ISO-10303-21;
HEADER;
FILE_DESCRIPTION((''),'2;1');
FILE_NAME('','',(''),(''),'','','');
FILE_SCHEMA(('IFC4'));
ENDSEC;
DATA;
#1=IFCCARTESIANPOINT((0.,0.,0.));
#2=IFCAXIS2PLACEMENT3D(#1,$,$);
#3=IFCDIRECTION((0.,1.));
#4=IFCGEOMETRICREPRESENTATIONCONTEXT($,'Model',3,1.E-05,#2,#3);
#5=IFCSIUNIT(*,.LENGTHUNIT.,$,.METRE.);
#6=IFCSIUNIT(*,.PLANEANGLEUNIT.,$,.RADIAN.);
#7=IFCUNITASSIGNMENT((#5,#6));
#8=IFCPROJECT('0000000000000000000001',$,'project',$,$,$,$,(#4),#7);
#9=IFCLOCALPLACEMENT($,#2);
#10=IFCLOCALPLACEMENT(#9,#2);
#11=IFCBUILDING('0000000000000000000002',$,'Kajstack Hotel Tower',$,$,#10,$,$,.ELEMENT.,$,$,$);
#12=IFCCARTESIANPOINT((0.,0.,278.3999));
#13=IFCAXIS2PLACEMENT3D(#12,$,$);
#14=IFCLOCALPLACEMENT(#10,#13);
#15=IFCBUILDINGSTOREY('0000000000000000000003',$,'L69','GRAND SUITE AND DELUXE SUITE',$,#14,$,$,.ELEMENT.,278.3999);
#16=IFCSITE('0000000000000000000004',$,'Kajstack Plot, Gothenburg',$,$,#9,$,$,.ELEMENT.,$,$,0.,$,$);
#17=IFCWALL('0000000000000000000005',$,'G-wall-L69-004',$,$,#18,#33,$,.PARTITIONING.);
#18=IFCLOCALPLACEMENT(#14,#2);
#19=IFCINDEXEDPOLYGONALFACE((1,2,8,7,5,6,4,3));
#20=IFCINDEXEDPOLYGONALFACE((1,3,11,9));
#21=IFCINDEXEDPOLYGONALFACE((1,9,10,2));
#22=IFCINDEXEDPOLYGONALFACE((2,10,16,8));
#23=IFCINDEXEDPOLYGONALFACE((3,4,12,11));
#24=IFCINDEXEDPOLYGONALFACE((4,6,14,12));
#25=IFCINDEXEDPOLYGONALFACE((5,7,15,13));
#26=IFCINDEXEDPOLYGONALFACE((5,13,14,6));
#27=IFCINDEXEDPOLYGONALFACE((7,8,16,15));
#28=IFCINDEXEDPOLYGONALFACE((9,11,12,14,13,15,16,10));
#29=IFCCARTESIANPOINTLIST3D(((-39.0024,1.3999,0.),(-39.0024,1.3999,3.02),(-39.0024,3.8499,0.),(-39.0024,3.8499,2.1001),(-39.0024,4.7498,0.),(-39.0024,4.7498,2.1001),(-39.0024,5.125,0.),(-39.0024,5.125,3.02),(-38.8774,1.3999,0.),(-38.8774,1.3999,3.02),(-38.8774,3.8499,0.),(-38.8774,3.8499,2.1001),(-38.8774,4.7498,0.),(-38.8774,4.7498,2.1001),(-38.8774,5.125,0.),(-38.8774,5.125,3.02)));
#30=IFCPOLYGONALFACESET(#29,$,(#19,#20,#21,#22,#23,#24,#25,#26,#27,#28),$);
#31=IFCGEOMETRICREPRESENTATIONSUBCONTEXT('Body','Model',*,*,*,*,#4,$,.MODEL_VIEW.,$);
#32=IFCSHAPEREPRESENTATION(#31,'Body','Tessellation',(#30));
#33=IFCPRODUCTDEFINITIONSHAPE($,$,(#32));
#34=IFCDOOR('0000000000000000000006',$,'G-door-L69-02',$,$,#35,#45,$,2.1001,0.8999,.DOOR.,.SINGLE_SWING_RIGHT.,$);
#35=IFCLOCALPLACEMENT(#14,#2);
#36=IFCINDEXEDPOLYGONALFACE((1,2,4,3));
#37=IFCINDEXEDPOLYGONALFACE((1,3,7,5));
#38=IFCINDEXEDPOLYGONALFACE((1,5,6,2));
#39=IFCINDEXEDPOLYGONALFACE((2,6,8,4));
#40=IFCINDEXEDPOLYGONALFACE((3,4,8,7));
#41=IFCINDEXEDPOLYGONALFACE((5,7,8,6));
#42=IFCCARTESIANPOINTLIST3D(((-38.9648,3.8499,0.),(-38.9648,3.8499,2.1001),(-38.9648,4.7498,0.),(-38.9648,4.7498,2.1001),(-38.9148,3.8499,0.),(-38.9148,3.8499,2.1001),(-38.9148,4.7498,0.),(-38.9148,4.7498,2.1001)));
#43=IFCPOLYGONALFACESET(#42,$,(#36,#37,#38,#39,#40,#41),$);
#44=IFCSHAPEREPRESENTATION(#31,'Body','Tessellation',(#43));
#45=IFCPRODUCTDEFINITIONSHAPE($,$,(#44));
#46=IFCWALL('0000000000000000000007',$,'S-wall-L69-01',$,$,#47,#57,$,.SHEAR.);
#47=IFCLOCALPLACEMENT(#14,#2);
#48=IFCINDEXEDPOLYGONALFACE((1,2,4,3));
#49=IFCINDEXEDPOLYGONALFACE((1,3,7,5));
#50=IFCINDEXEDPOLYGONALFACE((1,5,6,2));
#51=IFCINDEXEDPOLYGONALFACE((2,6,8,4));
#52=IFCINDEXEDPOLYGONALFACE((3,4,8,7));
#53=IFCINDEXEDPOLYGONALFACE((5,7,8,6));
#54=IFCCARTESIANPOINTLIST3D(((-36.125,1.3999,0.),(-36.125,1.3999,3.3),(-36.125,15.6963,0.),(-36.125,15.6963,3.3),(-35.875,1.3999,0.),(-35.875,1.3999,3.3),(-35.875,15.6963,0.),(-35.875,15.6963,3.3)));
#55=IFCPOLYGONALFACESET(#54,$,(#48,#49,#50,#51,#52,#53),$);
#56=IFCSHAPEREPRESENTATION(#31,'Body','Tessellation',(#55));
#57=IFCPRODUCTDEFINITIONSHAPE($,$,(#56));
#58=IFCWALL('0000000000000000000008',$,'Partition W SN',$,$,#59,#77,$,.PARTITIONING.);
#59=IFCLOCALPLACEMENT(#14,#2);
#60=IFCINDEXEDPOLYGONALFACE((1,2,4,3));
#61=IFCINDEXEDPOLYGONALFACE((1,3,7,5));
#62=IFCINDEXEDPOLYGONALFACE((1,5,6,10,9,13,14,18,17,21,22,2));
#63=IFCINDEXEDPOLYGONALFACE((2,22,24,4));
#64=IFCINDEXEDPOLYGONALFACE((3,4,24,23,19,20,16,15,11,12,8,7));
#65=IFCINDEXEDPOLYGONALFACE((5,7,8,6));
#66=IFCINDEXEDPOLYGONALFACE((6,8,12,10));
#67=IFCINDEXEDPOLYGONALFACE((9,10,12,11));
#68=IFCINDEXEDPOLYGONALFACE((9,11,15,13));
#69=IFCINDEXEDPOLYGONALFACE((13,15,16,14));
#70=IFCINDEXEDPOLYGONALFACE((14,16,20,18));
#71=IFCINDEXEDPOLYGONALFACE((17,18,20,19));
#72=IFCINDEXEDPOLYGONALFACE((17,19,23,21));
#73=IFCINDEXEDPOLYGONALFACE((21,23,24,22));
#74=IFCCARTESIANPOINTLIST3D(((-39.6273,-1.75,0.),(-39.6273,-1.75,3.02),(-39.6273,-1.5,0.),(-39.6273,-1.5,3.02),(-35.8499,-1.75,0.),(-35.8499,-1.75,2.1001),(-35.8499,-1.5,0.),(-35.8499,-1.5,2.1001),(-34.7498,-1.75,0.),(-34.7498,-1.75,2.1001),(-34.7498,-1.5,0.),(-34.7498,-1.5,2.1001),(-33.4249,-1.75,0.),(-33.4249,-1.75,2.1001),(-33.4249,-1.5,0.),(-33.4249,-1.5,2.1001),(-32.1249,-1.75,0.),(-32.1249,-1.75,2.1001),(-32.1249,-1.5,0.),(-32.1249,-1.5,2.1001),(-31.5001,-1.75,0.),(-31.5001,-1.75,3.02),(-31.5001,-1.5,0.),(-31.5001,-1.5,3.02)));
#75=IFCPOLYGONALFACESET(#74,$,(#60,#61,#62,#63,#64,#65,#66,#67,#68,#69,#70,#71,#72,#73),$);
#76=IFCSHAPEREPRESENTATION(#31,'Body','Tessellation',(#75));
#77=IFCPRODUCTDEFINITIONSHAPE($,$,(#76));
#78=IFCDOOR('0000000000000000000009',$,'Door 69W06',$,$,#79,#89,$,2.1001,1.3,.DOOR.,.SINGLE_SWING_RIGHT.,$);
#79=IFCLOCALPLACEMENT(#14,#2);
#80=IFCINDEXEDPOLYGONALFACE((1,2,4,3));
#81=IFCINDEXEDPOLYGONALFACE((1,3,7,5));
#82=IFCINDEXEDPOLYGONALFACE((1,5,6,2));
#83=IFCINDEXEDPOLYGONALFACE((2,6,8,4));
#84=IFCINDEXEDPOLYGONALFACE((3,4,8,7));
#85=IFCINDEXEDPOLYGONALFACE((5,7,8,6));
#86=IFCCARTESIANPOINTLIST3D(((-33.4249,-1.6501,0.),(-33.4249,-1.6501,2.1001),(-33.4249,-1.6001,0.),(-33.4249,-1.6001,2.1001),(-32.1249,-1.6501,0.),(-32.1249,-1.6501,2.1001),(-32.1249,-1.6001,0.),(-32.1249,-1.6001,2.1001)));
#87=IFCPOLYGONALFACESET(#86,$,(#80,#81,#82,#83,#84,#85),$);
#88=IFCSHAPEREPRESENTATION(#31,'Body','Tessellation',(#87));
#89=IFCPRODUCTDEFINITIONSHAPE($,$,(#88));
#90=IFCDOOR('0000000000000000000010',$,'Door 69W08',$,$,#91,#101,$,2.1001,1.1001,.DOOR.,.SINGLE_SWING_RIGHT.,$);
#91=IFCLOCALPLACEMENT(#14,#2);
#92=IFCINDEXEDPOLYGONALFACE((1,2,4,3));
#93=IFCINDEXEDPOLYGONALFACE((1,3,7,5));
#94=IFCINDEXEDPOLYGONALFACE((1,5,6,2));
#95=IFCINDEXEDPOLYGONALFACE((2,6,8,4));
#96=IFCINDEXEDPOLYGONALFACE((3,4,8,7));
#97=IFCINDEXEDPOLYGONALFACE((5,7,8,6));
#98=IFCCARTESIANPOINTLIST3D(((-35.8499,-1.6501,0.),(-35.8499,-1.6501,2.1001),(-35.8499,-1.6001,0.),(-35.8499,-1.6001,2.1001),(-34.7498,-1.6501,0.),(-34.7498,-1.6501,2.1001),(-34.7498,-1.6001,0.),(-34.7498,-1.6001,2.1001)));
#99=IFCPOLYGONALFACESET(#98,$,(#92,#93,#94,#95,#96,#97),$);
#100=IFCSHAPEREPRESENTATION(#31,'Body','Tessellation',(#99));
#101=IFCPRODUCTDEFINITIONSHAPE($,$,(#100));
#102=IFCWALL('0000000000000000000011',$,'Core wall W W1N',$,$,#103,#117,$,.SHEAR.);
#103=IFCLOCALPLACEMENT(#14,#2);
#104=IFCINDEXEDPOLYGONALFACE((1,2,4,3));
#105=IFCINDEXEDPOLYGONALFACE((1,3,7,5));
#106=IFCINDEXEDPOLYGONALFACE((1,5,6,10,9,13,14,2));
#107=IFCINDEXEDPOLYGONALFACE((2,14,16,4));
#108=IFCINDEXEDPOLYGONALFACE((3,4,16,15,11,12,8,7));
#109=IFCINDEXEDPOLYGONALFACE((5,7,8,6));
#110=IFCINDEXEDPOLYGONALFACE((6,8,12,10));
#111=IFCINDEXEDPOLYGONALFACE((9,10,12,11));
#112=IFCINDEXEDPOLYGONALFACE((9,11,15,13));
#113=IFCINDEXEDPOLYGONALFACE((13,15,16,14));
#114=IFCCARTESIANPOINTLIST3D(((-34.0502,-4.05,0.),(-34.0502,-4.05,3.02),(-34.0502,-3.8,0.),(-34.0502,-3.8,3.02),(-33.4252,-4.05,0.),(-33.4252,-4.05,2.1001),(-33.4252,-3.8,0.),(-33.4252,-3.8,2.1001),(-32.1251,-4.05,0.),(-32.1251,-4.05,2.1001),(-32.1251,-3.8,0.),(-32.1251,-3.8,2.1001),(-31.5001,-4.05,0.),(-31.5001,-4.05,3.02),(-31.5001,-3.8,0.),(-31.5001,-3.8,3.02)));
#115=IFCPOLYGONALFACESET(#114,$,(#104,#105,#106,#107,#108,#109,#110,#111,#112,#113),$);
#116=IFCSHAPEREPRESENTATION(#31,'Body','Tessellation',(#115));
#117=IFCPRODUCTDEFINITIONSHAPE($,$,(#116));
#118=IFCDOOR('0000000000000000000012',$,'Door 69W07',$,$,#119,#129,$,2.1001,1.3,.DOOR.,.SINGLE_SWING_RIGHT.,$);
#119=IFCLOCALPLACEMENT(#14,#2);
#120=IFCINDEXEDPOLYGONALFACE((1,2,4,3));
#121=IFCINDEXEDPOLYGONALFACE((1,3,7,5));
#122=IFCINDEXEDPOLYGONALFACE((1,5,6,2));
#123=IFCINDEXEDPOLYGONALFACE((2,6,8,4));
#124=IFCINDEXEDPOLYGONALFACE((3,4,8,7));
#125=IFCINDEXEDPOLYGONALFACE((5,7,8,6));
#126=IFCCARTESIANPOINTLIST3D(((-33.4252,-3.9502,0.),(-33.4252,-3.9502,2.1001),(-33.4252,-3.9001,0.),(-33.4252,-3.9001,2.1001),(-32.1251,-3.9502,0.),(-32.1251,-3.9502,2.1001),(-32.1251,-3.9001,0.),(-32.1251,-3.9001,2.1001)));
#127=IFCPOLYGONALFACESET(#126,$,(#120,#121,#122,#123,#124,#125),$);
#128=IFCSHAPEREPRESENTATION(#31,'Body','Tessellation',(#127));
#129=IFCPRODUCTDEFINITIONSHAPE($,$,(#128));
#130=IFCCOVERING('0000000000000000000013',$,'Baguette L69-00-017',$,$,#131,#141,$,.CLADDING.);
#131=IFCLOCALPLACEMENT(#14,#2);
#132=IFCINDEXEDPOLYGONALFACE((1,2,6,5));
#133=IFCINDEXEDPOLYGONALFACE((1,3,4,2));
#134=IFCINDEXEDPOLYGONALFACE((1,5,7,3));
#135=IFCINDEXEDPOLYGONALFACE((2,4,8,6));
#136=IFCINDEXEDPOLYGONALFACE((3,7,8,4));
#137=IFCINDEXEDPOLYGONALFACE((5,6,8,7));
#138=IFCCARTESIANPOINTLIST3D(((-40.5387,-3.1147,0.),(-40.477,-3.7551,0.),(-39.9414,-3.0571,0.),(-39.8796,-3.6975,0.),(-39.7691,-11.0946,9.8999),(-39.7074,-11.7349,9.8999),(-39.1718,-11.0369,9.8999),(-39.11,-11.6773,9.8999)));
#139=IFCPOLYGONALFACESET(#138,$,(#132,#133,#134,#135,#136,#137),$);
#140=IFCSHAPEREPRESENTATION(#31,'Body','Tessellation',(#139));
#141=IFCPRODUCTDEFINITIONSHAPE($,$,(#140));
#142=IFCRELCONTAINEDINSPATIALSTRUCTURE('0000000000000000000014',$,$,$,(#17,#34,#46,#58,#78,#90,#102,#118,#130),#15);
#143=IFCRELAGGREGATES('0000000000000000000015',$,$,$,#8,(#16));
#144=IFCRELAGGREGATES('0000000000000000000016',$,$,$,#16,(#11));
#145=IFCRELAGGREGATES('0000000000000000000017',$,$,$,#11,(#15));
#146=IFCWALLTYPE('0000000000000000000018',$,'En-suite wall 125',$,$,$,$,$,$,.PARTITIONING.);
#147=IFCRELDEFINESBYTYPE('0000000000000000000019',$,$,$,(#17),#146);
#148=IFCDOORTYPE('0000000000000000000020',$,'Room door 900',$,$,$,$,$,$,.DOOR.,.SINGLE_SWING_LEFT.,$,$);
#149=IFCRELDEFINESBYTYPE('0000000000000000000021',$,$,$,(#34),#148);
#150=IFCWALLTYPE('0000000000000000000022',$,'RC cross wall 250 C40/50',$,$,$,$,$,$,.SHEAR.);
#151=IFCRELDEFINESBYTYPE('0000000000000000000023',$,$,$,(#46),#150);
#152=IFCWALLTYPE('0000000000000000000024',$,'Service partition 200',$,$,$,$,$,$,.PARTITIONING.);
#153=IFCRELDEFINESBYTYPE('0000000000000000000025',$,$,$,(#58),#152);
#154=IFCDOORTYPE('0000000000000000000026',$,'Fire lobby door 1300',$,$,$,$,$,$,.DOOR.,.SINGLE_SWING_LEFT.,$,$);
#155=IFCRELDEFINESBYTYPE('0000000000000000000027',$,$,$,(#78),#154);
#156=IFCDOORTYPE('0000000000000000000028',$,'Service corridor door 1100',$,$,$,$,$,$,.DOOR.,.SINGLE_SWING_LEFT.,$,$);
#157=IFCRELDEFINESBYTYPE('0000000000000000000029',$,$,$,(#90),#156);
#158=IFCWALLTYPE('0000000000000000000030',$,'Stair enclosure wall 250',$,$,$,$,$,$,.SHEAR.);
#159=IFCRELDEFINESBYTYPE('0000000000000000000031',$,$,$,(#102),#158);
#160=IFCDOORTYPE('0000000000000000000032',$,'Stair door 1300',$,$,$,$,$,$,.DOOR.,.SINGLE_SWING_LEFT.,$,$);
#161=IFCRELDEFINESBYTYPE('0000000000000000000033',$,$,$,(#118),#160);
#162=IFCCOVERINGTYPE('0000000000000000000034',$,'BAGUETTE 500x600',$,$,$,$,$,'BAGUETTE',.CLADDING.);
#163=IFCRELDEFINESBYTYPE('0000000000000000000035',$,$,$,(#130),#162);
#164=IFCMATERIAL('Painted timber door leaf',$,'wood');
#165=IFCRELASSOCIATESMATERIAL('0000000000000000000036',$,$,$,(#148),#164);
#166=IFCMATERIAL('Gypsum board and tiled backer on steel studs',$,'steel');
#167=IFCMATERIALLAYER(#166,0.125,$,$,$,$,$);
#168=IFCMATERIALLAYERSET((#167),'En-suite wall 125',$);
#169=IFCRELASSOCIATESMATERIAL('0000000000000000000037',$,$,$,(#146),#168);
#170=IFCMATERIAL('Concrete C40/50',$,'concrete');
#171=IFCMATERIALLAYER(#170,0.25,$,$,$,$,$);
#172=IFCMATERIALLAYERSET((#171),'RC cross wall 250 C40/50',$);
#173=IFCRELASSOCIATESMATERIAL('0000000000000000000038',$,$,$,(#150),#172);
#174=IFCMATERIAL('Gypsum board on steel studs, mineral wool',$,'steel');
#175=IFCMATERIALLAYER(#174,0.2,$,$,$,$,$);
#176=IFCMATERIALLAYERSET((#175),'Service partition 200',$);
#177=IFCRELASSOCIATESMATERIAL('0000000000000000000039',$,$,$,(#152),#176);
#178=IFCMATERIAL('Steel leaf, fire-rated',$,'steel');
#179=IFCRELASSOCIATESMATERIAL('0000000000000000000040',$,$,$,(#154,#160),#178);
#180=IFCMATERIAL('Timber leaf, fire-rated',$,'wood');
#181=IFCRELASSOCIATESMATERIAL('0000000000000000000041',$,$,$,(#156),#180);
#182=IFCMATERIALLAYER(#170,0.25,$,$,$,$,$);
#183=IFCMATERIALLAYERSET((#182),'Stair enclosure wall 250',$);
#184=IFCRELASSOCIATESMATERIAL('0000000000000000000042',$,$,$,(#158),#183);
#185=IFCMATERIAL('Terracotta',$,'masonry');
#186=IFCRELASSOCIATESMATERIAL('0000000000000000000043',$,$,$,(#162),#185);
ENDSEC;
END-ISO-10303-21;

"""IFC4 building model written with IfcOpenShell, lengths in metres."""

from ifc_helpers import new_model, si_unit, direction, frame, frame_2d, origin, origin_2d, place, context, subcontext, project, spatial, polyline, rectangle, outline, extrude, material, layer, layer_set, material_profile, profile_set, type_object, element, fill, save


model = new_model("IFC4")

# Units and contexts
model_context = context("Model", 3, precision=1e-05, world=origin(), true_north=direction((0.0, 1.0)))
body_context = subcontext(model_context, "Body", "Model", "MODEL_VIEW")
ifc_project = project(units=[si_unit("LENGTHUNIT", "METRE"), si_unit("PLANEANGLEUNIT", "RADIAN")], contexts=[model_context])

# Site, building, storey
site_placement = place(None, origin())
site = spatial("IfcSite", under=ifc_project, at=site_placement, Name="Kajstack Plot, Gothenburg", CompositionType="ELEMENT", RefElevation=0.0)
building_placement = place(site_placement, origin())
building = spatial("IfcBuilding", under=site, at=building_placement, Name="Kajstack Hotel Tower", CompositionType="ELEMENT")
storey_placement = place(building_placement, frame((0.0, 0.0, 278.3999)))
storey = spatial("IfcBuildingStorey", under=building, at=storey_placement, Name="L69", Description="GRAND SUITE AND DELUXE SUITE", CompositionType="ELEMENT", Elevation=278.3999)

# Shared definitions
ifc_material_1 = material(Name="Gypsum board on steel studs, mineral wool", Category="steel")
ifc_material_2 = material(Name="Painted timber door leaf", Category="wood")
door_type_1 = type_object("IfcDoorType", Name="Room door 900", OperationType="SINGLE_SWING_LEFT", PredefinedType="DOOR", material=ifc_material_2)

# Wall, opening, door
ifc_material_3 = material(Name="Gypsum board and tiled backer on steel studs", Category="steel")
ifc_layer_1 = layer(ifc_material_3, 0.125)
ifc_layer_set_1 = layer_set([ifc_layer_1], Name="En-suite wall 125")
wall_type_1 = type_object("IfcWallType", Name="En-suite wall 125", PredefinedType="PARTITIONING", material=ifc_layer_set_1)
wall_1_placement = place(storey_placement, frame((-38.9399, 1.3999, 0.0), z_axis=(0.0, 0.0, 1.0), x_axis=(0.0, 1.0, 0.0)))
wall_1 = element("IfcWall", 1, at=wall_1_placement, inside=storey, type_object=wall_type_1, Name="G-wall-L69-004", PredefinedType="PARTITIONING", context=body_context, shape_type="SweptSolid", body=[
    extrude(rectangle(XDim=3.7251, YDim=0.125, at=frame_2d((1.8625, 0.0))), origin(), (0.0, 0.0, 1.0), 3.02),
])
opening_1_placement = place(wall_1_placement, frame((2.45, 0.0, 0.0)))
opening_1 = element("IfcOpeningElement", 2, at=opening_1_placement, cuts=wall_1, PredefinedType="OPENING", context=body_context, shape_type="SweptSolid", body=[
    extrude(rectangle(XDim=0.8999, YDim=2.1001, at=frame_2d((0.45, 1.05))), frame((0.0, 0.0725, 0.0), z_axis=(0.0, -1.0, 0.0), x_axis=(1.0, 0.0, 0.0)), (0.0, 0.0, 1.0), 0.145),
])
door_1_placement = place(opening_1_placement, origin())
door_1 = element("IfcDoor", 3, at=door_1_placement, inside=storey, type_object=door_type_1, Name="G-door-L69-02", OperationType="SINGLE_SWING_RIGHT", OverallHeight=2.1001, OverallWidth=0.8999, PredefinedType="DOOR", context=body_context, shape_type="SweptSolid", body=[
    extrude(rectangle(XDim=0.8999, YDim=2.1001, at=frame_2d((0.45, 1.05))), frame((0.0, 0.0249, 0.0), z_axis=(0.0, -1.0, 0.0), x_axis=(1.0, 0.0, 0.0)), (0.0, 0.0, 1.0), 0.05),
])
fill(opening_1, door_1)

# Wall
ifc_material_4 = material(Name="Concrete C40/50", Category="concrete")
ifc_layer_2 = layer(ifc_material_4, 0.25)
ifc_layer_set_2 = layer_set([ifc_layer_2], Name="RC cross wall 250 C40/50")
wall_type_2 = type_object("IfcWallType", Name="RC cross wall 250 C40/50", PredefinedType="SHEAR", material=ifc_layer_set_2)
wall_2_placement = place(storey_placement, frame((-36.0, 1.3999, 0.0), z_axis=(0.0, 0.0, 1.0), x_axis=(0.0, 1.0, 0.0)))
element("IfcWall", 4, at=wall_2_placement, inside=storey, type_object=wall_type_2, Name="S-wall-L69-01", PredefinedType="SHEAR", context=body_context, shape_type="SweptSolid", body=[
    extrude(rectangle(XDim=14.2964, YDim=0.25, at=frame_2d((7.1482, 0.0))), origin(), (0.0, 0.0, 1.0), 3.3),
])

# Wall, openings, doors
ifc_layer_3 = layer(ifc_material_1, 0.2)
ifc_layer_set_3 = layer_set([ifc_layer_3], Name="Service partition 200")
wall_type_3 = type_object("IfcWallType", Name="Service partition 200", PredefinedType="PARTITIONING", material=ifc_layer_set_3)
wall_3_placement = place(storey_placement, frame((-39.6272, -1.625, 0.0), z_axis=(0.0, 0.0, 1.0), x_axis=(1.0, 0.0, 0.0)))
wall_3 = element("IfcWall", 5, at=wall_3_placement, inside=storey, type_object=wall_type_3, Name="Partition W SN", PredefinedType="PARTITIONING", context=body_context, shape_type="SweptSolid", body=[
    extrude(rectangle(XDim=8.1272, YDim=0.25, at=frame_2d((4.0635, 0.0))), origin(), (0.0, 0.0, 1.0), 3.02),
])
opening_2_placement = place(wall_3_placement, frame((6.2024, 0.0, 0.0)))
opening_2 = element("IfcOpeningElement", 6, at=opening_2_placement, cuts=wall_3, PredefinedType="OPENING", context=body_context, shape_type="SweptSolid", body=[
    extrude(rectangle(XDim=1.3, YDim=2.1001, at=frame_2d((0.6499, 1.05))), frame((0.0, 0.135, 0.0), z_axis=(0.0, -1.0, 0.0), x_axis=(1.0, 0.0, 0.0)), (0.0, 0.0, 1.0), 0.27),
])
opening_3_placement = place(wall_3_placement, frame((3.7773, 0.0, 0.0)))
opening_3 = element("IfcOpeningElement", 7, at=opening_3_placement, cuts=wall_3, PredefinedType="OPENING", context=body_context, shape_type="SweptSolid", body=[
    extrude(rectangle(XDim=1.1001, YDim=2.1001, at=frame_2d((0.55, 1.05))), frame((0.0, 0.135, 0.0), z_axis=(0.0, -1.0, 0.0), x_axis=(1.0, 0.0, 0.0)), (0.0, 0.0, 1.0), 0.27),
])
ifc_material_5 = material(Name="Steel leaf, fire-rated", Category="steel")
door_type_2 = type_object("IfcDoorType", Name="Fire lobby door 1300", OperationType="SINGLE_SWING_LEFT", PredefinedType="DOOR", material=ifc_material_5)
door_2_placement = place(opening_2_placement, origin())
door_2 = element("IfcDoor", 8, at=door_2_placement, inside=storey, type_object=door_type_2, Name="Door 69W06", OperationType="SINGLE_SWING_RIGHT", OverallHeight=2.1001, OverallWidth=1.3, PredefinedType="DOOR", context=body_context, shape_type="SweptSolid", body=[
    extrude(rectangle(XDim=1.3, YDim=2.1001, at=frame_2d((0.6499, 1.05))), frame((0.0, 0.0249, 0.0), z_axis=(0.0, -1.0, 0.0), x_axis=(1.0, 0.0, 0.0)), (0.0, 0.0, 1.0), 0.05),
])
fill(opening_2, door_2)
ifc_material_6 = material(Name="Timber leaf, fire-rated", Category="wood")
door_type_3 = type_object("IfcDoorType", Name="Service corridor door 1100", OperationType="SINGLE_SWING_LEFT", PredefinedType="DOOR", material=ifc_material_6)
door_3_placement = place(opening_3_placement, origin())
door_3 = element("IfcDoor", 9, at=door_3_placement, inside=storey, type_object=door_type_3, Name="Door 69W08", OperationType="SINGLE_SWING_RIGHT", OverallHeight=2.1001, OverallWidth=1.1001, PredefinedType="DOOR", context=body_context, shape_type="SweptSolid", body=[
    extrude(rectangle(XDim=1.1001, YDim=2.1001, at=frame_2d((0.55, 1.05))), frame((0.0, 0.0249, 0.0), z_axis=(0.0, -1.0, 0.0), x_axis=(1.0, 0.0, 0.0)), (0.0, 0.0, 1.0), 0.05),
])
fill(opening_3, door_3)

# Wall, opening, door
ifc_layer_4 = layer(ifc_material_4, 0.25)
ifc_layer_set_4 = layer_set([ifc_layer_4], Name="Stair enclosure wall 250")
wall_type_4 = type_object("IfcWallType", Name="Stair enclosure wall 250", PredefinedType="SHEAR", material=ifc_layer_set_4)
wall_4_placement = place(storey_placement, frame((-34.05, -3.925, 0.0), z_axis=(0.0, 0.0, 1.0), x_axis=(1.0, 0.0, 0.0)))
wall_4 = element("IfcWall", 10, at=wall_4_placement, inside=storey, type_object=wall_type_4, Name="Core wall W W1N", PredefinedType="SHEAR", context=body_context, shape_type="SweptSolid", body=[
    extrude(rectangle(XDim=2.55, YDim=0.25, at=frame_2d((1.2749, 0.0))), origin(), (0.0, 0.0, 1.0), 3.02),
])
opening_4_placement = place(wall_4_placement, frame((0.625, 0.0, 0.0)))
opening_4 = element("IfcOpeningElement", 11, at=opening_4_placement, cuts=wall_4, PredefinedType="OPENING", context=body_context, shape_type="SweptSolid", body=[
    extrude(rectangle(XDim=1.3, YDim=2.1001, at=frame_2d((0.6499, 1.05))), frame((0.0, 0.135, 0.0), z_axis=(0.0, -1.0, 0.0), x_axis=(1.0, 0.0, 0.0)), (0.0, 0.0, 1.0), 0.27),
])
door_type_4 = type_object("IfcDoorType", Name="Stair door 1300", OperationType="SINGLE_SWING_LEFT", PredefinedType="DOOR", material=ifc_material_5)
door_4_placement = place(opening_4_placement, origin())
door_4 = element("IfcDoor", 12, at=door_4_placement, inside=storey, type_object=door_type_4, Name="Door 69W07", OperationType="SINGLE_SWING_RIGHT", OverallHeight=2.1001, OverallWidth=1.3, PredefinedType="DOOR", context=body_context, shape_type="SweptSolid", body=[
    extrude(rectangle(XDim=1.3, YDim=2.1001, at=frame_2d((0.6499, 1.05))), frame((0.0, 0.0249, 0.0), z_axis=(0.0, -1.0, 0.0), x_axis=(1.0, 0.0, 0.0)), (0.0, 0.0, 1.0), 0.05),
])
fill(opening_4, door_4)

# Covering
ifc_material_7 = material(Name="Terracotta", Category="masonry")
ifc_material_profile = material_profile(ifc_material_7, rectangle(XDim=0.6001, YDim=0.5, at=origin_2d()), Name="Terracotta-clad concrete baguette 500 x 600")
ifc_profile_set = profile_set([ifc_material_profile], Name="Terracotta")
covering_type = type_object("IfcCoveringType", Name="BAGUETTE 500x600", ElementType="BAGUETTE", PredefinedType="CLADDING", material=ifc_profile_set)
covering_placement = place(storey_placement, frame((-39.9414, -3.0571, 0.0), z_axis=(-0.995381, -0.095999, 0.0), x_axis=(0.095999, -0.995381, 0.0)))
element("IfcCovering", 13, at=covering_placement, inside=storey, type_object=covering_type, Name="Baguette L69-00-017", PredefinedType="CLADDING", context=body_context, shape_type="SweptSolid", body=[
    extrude(outline(polyline([(8.0168, 9.8999), (0.0, 0.0), (0.6433, 0.0), (8.6602, 9.8999), (8.0168, 9.8999)])), origin(), (0.0, 0.0, 1.0), 0.6001),
])

save(model, "model.ifc")
